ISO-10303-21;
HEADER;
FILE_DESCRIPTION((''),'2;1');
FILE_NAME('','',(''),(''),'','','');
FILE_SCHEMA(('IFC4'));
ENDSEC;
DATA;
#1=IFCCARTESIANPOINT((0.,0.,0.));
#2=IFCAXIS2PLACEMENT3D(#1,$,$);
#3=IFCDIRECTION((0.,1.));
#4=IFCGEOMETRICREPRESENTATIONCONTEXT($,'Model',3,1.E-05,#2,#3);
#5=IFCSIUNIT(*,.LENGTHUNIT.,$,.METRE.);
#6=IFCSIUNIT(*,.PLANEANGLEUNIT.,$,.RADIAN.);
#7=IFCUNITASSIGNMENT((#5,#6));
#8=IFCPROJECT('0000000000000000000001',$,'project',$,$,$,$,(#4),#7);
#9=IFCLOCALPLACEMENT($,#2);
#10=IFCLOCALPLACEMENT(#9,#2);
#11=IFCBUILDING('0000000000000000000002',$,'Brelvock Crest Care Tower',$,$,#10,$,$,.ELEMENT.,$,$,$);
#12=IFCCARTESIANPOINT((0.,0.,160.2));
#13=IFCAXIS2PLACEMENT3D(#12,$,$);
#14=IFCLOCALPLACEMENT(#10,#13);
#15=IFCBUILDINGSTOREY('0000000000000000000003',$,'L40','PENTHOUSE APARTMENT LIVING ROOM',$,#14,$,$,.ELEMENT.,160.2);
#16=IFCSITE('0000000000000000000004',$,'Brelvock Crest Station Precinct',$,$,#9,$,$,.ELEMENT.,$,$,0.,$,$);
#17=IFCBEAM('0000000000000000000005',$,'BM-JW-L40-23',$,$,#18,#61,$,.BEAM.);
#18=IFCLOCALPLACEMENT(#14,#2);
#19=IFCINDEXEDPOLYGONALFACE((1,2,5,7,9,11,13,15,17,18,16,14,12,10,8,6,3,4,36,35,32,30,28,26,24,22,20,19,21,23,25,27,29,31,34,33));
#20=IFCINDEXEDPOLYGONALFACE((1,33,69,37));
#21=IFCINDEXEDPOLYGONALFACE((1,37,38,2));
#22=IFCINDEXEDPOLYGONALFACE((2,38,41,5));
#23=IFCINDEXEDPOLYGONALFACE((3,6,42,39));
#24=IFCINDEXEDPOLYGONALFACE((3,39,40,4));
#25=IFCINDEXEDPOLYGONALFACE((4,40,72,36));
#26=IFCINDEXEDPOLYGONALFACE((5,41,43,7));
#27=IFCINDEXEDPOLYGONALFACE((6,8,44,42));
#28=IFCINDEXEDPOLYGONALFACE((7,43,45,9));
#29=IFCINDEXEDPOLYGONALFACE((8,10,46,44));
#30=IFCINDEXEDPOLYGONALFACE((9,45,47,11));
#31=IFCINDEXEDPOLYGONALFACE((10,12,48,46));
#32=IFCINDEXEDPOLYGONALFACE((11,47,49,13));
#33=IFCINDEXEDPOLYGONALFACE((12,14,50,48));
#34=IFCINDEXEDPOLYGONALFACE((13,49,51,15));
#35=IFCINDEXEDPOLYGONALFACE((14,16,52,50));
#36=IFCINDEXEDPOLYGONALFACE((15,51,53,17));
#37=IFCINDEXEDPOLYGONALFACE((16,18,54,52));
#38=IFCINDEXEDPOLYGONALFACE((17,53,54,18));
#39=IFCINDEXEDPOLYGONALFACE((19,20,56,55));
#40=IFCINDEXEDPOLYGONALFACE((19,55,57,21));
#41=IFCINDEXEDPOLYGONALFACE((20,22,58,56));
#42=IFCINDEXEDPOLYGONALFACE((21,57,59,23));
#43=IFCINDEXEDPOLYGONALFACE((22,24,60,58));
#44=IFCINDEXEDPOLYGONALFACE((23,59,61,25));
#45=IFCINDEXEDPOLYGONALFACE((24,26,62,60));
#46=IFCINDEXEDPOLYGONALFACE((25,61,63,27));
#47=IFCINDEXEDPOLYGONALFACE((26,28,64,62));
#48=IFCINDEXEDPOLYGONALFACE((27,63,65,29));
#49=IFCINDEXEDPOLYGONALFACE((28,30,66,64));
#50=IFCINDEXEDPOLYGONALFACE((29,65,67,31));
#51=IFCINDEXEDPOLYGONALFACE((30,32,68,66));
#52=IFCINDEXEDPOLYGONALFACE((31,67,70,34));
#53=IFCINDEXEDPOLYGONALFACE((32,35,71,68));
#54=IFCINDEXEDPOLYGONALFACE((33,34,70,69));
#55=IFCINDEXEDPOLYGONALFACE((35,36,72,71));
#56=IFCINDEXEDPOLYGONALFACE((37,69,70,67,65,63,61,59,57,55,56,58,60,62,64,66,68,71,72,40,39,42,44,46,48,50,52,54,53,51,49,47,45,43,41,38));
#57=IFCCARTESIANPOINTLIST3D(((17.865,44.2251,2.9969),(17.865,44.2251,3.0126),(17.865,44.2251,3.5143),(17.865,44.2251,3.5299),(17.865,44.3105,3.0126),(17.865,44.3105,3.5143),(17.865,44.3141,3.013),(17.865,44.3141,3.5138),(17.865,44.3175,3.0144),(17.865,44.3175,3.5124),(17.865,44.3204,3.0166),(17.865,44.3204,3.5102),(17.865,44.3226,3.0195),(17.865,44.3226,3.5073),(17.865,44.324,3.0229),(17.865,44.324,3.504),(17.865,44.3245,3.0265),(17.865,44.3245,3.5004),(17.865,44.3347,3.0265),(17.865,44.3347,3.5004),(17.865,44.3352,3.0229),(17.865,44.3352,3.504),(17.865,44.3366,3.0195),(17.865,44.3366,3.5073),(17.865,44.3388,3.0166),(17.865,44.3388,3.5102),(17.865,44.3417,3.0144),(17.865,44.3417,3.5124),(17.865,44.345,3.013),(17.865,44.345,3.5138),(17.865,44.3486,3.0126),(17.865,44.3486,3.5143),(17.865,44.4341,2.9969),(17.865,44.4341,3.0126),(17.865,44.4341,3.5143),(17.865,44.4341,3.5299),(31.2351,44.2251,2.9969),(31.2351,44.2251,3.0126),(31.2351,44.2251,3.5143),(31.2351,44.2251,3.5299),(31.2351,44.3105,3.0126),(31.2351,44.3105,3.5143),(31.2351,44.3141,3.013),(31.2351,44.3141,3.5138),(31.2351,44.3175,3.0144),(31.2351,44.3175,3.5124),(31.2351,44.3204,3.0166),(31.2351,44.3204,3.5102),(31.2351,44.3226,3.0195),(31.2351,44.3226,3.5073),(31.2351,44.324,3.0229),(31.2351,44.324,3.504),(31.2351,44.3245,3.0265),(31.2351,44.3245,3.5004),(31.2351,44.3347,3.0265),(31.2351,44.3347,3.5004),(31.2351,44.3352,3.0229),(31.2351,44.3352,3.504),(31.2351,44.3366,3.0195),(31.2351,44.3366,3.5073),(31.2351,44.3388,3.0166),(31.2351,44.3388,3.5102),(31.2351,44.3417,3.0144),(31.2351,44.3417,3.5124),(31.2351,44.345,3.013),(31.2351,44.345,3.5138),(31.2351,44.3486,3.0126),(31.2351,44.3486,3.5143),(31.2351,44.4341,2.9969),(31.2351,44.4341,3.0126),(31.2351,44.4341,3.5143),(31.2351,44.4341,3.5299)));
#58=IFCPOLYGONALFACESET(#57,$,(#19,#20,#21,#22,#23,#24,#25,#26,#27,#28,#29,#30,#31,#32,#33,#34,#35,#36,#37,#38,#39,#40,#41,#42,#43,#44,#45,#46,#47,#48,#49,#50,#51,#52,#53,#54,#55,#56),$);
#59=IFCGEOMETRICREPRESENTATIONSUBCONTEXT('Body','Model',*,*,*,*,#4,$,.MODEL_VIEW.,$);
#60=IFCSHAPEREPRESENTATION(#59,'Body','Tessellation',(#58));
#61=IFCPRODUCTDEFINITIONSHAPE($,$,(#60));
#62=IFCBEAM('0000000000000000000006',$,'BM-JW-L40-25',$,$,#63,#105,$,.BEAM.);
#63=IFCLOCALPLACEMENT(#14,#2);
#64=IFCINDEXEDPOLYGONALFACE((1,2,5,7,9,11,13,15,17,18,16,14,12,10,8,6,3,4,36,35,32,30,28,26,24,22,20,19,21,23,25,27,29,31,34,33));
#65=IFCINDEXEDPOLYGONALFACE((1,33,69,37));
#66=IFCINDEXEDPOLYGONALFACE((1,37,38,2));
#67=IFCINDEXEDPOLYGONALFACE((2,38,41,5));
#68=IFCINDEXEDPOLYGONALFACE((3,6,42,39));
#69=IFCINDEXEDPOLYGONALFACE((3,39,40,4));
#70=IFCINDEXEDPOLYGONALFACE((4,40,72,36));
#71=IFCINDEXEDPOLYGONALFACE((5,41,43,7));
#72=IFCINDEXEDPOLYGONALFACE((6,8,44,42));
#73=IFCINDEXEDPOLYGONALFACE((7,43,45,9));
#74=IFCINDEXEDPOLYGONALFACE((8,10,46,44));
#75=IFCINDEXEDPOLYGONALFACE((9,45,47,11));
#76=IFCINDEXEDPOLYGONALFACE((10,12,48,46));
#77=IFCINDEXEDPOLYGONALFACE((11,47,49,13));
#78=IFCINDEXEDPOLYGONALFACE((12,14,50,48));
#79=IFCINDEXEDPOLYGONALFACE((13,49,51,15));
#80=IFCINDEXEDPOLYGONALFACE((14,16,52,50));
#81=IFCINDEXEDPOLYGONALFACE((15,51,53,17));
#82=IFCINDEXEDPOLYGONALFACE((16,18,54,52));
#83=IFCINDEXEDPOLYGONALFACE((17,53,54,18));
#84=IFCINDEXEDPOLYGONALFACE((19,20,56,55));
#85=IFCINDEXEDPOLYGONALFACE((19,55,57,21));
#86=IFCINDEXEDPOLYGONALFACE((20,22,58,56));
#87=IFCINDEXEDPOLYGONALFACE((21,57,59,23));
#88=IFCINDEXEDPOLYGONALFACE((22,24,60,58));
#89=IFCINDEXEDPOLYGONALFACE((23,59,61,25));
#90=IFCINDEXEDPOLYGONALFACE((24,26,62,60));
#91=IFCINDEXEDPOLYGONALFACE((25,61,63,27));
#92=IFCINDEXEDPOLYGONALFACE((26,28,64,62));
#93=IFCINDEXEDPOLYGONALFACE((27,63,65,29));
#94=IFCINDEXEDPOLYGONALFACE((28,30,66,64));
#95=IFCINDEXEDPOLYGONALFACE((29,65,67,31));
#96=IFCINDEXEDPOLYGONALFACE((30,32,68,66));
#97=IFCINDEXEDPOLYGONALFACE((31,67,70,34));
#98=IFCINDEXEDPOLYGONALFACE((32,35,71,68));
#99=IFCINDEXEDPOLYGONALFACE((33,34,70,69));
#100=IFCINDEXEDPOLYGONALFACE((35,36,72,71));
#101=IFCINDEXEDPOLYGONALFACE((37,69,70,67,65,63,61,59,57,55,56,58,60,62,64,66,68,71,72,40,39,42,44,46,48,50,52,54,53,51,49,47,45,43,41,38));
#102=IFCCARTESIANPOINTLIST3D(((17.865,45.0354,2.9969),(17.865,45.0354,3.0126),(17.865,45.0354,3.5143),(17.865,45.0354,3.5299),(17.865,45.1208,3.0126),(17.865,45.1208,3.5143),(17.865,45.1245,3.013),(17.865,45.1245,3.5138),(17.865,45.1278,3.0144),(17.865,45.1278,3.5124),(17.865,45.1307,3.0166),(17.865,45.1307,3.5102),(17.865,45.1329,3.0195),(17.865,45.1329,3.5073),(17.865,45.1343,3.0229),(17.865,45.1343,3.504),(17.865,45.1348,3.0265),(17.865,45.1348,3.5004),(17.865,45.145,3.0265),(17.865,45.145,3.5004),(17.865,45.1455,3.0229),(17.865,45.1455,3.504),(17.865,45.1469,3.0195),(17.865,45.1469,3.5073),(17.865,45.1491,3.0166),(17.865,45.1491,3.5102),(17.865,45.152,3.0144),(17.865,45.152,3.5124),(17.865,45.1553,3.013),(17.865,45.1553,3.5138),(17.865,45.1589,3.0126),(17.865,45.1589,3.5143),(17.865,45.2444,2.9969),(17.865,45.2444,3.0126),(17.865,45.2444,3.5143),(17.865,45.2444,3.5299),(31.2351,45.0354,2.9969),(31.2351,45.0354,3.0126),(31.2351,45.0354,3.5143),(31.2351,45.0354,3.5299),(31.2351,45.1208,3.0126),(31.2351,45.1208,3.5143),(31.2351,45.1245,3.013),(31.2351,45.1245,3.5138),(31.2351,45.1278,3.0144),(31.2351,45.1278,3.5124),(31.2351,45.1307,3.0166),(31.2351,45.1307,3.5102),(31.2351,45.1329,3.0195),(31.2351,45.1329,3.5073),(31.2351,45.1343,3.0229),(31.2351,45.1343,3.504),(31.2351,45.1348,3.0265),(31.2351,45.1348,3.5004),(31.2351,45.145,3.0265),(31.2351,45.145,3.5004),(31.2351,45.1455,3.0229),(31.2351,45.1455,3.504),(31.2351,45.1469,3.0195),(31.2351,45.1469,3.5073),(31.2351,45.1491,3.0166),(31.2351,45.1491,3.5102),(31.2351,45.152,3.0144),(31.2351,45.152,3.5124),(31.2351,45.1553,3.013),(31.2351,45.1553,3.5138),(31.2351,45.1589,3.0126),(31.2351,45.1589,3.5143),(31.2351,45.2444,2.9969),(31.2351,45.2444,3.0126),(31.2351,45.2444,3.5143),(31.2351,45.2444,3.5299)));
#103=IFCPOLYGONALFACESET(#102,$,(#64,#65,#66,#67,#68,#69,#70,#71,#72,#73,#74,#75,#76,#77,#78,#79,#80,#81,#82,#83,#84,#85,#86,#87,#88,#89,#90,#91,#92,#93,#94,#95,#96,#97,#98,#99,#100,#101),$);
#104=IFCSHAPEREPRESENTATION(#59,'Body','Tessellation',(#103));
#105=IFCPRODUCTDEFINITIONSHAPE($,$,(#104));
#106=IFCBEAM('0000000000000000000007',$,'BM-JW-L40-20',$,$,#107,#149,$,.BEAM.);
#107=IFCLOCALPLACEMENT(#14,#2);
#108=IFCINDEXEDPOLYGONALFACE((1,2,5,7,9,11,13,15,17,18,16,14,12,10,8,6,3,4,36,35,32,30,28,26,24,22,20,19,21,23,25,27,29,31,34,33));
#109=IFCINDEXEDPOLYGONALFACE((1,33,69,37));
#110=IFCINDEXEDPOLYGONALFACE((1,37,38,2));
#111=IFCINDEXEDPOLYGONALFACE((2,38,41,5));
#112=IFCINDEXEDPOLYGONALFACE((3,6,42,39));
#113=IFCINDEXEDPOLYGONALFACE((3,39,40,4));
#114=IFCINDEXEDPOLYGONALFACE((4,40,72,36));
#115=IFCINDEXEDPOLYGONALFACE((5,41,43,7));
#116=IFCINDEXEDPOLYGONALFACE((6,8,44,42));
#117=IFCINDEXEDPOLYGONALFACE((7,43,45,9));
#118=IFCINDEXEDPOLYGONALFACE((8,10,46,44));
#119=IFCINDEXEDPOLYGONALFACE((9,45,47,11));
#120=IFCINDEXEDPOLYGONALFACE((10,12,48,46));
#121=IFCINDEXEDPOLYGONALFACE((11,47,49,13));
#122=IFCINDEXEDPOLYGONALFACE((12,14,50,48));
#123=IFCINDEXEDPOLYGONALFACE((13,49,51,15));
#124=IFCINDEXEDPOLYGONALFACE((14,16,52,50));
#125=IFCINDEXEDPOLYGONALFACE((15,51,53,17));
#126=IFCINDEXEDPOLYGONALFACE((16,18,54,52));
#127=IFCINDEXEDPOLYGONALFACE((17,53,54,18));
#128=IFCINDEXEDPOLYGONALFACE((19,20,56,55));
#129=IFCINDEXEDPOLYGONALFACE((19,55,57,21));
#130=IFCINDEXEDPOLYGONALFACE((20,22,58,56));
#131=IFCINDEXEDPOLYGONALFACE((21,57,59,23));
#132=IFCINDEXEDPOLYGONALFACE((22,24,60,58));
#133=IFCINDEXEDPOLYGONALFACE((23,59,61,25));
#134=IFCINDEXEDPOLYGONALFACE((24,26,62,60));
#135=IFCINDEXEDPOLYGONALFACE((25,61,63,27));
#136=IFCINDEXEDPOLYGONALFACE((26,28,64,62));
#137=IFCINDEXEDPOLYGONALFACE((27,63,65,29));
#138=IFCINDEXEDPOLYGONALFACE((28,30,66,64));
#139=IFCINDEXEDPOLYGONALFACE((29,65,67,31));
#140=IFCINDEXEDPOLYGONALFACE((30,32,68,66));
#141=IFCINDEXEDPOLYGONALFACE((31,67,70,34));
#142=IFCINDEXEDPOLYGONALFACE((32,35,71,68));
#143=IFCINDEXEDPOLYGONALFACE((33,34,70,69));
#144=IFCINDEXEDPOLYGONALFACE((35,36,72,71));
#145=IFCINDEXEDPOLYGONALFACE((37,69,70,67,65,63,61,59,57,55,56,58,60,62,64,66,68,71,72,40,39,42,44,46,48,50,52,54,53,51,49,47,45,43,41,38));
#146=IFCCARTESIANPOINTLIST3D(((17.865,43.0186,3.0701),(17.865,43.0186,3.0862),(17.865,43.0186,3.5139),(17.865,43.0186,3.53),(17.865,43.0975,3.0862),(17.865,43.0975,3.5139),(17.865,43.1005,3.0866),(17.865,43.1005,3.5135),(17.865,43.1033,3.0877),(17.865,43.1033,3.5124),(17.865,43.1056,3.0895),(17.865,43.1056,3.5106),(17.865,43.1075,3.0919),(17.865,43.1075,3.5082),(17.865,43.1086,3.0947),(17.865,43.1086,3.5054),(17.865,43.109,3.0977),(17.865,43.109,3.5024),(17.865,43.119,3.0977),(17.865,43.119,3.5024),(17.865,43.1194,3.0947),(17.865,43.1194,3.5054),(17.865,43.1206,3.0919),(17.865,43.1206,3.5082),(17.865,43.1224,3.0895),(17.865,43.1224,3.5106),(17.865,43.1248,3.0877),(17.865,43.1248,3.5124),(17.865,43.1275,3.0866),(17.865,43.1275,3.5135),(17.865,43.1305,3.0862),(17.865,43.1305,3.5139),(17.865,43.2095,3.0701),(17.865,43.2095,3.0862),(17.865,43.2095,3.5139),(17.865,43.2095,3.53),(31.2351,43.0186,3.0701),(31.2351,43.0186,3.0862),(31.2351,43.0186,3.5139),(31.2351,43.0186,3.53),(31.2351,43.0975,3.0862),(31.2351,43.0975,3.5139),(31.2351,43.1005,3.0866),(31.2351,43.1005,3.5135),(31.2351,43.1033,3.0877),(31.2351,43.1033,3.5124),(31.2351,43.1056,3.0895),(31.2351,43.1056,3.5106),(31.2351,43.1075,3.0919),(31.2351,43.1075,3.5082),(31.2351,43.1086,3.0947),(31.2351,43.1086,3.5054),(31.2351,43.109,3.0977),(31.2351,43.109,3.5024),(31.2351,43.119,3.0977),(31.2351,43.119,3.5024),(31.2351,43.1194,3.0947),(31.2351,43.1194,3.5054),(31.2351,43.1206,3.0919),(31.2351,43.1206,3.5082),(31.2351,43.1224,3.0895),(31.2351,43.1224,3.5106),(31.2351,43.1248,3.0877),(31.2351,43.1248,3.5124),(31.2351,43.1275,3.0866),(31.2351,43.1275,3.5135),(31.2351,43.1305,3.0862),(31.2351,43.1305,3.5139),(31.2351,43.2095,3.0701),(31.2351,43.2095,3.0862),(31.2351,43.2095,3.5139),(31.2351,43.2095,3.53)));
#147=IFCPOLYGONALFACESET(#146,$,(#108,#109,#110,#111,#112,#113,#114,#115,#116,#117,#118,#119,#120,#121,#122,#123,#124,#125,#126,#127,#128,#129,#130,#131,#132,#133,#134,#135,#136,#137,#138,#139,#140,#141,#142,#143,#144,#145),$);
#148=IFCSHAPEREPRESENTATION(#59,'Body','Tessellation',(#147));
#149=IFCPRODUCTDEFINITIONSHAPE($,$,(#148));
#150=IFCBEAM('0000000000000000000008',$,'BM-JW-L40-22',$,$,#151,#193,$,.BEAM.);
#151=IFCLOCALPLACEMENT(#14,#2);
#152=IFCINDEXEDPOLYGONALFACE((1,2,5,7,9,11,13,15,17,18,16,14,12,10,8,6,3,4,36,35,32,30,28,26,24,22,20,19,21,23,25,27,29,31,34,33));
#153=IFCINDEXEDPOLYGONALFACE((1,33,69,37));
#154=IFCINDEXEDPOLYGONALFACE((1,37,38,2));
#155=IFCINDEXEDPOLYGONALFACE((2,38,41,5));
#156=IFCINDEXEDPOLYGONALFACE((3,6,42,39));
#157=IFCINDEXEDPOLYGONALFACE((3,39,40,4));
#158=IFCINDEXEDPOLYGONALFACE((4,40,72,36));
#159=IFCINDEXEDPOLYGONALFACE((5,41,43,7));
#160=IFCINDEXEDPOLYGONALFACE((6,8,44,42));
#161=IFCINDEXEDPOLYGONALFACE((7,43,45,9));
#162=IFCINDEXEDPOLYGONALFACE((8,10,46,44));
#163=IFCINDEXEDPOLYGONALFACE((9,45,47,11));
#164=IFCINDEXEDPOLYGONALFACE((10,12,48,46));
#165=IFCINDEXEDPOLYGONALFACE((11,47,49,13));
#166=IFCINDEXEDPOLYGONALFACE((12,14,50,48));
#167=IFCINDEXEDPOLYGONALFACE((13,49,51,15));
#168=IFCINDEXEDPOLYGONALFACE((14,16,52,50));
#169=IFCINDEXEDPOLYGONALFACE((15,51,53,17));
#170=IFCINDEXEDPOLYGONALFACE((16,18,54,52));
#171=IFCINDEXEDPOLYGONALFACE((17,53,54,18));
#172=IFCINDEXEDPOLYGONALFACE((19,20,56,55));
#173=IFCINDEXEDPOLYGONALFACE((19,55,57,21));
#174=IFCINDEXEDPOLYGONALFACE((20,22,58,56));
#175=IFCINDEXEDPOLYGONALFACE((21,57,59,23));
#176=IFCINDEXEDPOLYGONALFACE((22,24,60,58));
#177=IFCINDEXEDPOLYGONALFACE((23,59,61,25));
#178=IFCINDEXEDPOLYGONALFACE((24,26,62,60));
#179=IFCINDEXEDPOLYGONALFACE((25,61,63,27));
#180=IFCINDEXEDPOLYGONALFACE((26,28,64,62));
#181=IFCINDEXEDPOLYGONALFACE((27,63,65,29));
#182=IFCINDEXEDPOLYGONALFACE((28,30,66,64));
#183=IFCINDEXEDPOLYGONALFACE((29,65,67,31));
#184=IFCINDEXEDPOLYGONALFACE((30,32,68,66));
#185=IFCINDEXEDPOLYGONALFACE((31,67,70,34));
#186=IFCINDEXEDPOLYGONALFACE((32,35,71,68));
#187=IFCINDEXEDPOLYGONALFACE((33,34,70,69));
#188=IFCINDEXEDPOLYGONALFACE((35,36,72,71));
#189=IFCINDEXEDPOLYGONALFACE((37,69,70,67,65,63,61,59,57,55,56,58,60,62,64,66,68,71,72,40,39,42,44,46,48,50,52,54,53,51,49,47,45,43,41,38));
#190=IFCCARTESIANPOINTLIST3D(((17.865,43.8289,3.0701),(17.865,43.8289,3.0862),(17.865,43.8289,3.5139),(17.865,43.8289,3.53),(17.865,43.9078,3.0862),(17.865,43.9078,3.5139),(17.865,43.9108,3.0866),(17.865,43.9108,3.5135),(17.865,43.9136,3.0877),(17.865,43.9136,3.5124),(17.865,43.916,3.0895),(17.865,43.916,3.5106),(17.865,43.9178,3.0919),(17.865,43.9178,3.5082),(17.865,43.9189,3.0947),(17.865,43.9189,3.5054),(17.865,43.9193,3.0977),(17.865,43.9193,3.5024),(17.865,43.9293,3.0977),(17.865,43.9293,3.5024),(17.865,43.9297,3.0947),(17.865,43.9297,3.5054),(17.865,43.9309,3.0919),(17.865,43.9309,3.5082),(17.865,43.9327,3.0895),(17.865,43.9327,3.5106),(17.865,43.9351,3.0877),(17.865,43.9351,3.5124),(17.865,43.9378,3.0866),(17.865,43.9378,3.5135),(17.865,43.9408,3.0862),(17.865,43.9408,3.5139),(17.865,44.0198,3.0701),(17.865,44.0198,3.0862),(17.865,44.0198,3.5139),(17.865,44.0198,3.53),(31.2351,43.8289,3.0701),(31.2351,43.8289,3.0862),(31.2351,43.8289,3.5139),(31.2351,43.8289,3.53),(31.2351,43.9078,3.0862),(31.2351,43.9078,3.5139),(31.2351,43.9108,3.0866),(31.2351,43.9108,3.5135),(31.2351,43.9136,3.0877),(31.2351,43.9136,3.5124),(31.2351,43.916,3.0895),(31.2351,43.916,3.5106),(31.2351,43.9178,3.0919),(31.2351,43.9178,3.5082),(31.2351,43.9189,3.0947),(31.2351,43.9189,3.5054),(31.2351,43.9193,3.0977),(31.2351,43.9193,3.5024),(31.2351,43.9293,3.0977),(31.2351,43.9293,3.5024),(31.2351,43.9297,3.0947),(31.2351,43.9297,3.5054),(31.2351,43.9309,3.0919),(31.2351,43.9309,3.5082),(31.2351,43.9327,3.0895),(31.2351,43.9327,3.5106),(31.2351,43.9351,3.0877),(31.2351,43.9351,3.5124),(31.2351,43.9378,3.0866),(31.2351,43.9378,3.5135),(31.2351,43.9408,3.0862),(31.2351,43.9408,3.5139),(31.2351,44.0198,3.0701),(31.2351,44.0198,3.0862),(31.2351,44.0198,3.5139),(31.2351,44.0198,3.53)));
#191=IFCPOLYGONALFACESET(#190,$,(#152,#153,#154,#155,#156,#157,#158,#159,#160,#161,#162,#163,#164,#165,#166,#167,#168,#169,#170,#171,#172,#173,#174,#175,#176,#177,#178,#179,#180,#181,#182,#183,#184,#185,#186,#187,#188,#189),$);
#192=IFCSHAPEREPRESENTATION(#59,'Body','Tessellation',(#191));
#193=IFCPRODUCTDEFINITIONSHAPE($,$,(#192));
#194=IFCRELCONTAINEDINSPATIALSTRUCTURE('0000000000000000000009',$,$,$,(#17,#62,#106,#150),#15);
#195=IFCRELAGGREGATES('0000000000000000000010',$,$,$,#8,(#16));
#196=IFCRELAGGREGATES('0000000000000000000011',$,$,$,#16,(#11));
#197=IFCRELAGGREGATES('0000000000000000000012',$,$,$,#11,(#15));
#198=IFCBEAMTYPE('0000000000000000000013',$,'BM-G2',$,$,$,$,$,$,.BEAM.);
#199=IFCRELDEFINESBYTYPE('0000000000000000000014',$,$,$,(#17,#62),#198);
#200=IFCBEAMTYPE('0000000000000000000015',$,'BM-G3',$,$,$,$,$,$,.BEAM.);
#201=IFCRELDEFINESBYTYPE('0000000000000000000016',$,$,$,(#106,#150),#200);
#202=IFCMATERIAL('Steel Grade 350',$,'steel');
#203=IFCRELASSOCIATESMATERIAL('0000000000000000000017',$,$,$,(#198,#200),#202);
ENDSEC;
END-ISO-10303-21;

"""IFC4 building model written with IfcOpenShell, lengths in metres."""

from ifc_helpers import new_model, si_unit, direction, frame, origin, origin_2d, place, context, subcontext, project, spatial, i_section, extrude, source, transform, mapped, material, material_profile, profile_set, type_object, element, save


model = new_model("IFC4")

# Units and contexts
model_context = context("Model", 3, precision=1e-05, world=origin(), true_north=direction((0.0, 1.0)))
body_context = subcontext(model_context, "Body", "Model", "MODEL_VIEW")
ifc_project = project(units=[si_unit("LENGTHUNIT", "METRE"), si_unit("PLANEANGLEUNIT", "RADIAN")], contexts=[model_context])

# Site, building, storey
site_placement = place(None, origin())
site = spatial("IfcSite", under=ifc_project, at=site_placement, Name="Brelvock Crest Station Precinct", CompositionType="ELEMENT", RefElevation=0.0)
building_placement = place(site_placement, origin())
building = spatial("IfcBuilding", under=site, at=building_placement, Name="Brelvock Crest Care Tower", CompositionType="ELEMENT")
storey_placement = place(building_placement, frame((0.0, 0.0, 160.2)))
storey = spatial("IfcBuildingStorey", under=building, at=storey_placement, Name="L40", Description="PENTHOUSE APARTMENT LIVING ROOM", CompositionType="ELEMENT", Elevation=160.2)

# Beams
ifc_material_1 = material(Name="Steel Grade 350", Category="steel")
ifc_material_profile_1 = material_profile(ifc_material_1, i_section(OverallWidth=0.209, OverallDepth=0.533, WebThickness=0.0103, FlangeThickness=0.0156, FilletRadius=0.0139, at=origin_2d()), Name="530UB92.4")
ifc_profile_set_1 = profile_set([ifc_material_profile_1], Name="Steel Grade 350")
beam_type_1 = type_object("IfcBeamType", Name="BM-G2", PredefinedType="BEAM", material=ifc_profile_set_1)
shared_shape_1 = source(origin(), body_context, "Body", "SweptSolid", [
    extrude(i_section(OverallWidth=0.209, OverallDepth=0.533, WebThickness=0.0103, FlangeThickness=0.0156, FilletRadius=0.0139, at=origin_2d()), origin(), (0.0, 0.0, 1.0), 13.3701),
])
for number, where, z_axis, x_axis, name in (
    (1, (17.865, 44.3296, 3.2634), (1.0, 0.0, 0.0), (0.0, 1.0, 0.0), "BM-JW-L40-23"),
    (2, (17.865, 45.1399, 3.2634), (1.0, 0.0, 0.0), (0.0, 1.0, 0.0), "BM-JW-L40-25"),
):
    element("IfcBeam", number, at=place(storey_placement, frame(where, z_axis=z_axis, x_axis=x_axis)), inside=storey, type_object=beam_type_1, Name=name, PredefinedType="BEAM", context=body_context, shape_type="MappedRepresentation", body=[
        mapped(shared_shape_1, transform((0.0, 0.0, 0.0), x_axis=(1.0, 0.0, 0.0), y_axis=(0.0, 1.0, 0.0), z_axis=(0.0, 0.0, 1.0), scale=1.0)),
    ])
ifc_material_profile_2 = material_profile(ifc_material_1, i_section(OverallWidth=0.1909, OverallDepth=0.46, WebThickness=0.01, FlangeThickness=0.0161, FilletRadius=0.0115, at=origin_2d()), Name="460UB82.1")
ifc_profile_set_2 = profile_set([ifc_material_profile_2], Name="Steel Grade 350")
beam_type_2 = type_object("IfcBeamType", Name="BM-G3", PredefinedType="BEAM", material=ifc_profile_set_2)
shared_shape_2 = source(origin(), body_context, "Body", "SweptSolid", [
    extrude(i_section(OverallWidth=0.1909, OverallDepth=0.46, WebThickness=0.01, FlangeThickness=0.0161, FilletRadius=0.0115, at=origin_2d()), origin(), (0.0, 0.0, 1.0), 13.3701),
])
for number, where, z_axis, x_axis, name in (
    (3, (17.865, 43.114, 3.3), (1.0, 0.0, 0.0), (0.0, 1.0, 0.0), "BM-JW-L40-20"),
    (4, (17.865, 43.9243, 3.3), (1.0, 0.0, 0.0), (0.0, 1.0, 0.0), "BM-JW-L40-22"),
):
    element("IfcBeam", number, at=place(storey_placement, frame(where, z_axis=z_axis, x_axis=x_axis)), inside=storey, type_object=beam_type_2, Name=name, PredefinedType="BEAM", context=body_context, shape_type="MappedRepresentation", body=[
        mapped(shared_shape_2, transform((0.0, 0.0, 0.0), x_axis=(1.0, 0.0, 0.0), y_axis=(0.0, 1.0, 0.0), z_axis=(0.0, 0.0, 1.0), scale=1.0)),
    ])

save(model, "model.ifc")
